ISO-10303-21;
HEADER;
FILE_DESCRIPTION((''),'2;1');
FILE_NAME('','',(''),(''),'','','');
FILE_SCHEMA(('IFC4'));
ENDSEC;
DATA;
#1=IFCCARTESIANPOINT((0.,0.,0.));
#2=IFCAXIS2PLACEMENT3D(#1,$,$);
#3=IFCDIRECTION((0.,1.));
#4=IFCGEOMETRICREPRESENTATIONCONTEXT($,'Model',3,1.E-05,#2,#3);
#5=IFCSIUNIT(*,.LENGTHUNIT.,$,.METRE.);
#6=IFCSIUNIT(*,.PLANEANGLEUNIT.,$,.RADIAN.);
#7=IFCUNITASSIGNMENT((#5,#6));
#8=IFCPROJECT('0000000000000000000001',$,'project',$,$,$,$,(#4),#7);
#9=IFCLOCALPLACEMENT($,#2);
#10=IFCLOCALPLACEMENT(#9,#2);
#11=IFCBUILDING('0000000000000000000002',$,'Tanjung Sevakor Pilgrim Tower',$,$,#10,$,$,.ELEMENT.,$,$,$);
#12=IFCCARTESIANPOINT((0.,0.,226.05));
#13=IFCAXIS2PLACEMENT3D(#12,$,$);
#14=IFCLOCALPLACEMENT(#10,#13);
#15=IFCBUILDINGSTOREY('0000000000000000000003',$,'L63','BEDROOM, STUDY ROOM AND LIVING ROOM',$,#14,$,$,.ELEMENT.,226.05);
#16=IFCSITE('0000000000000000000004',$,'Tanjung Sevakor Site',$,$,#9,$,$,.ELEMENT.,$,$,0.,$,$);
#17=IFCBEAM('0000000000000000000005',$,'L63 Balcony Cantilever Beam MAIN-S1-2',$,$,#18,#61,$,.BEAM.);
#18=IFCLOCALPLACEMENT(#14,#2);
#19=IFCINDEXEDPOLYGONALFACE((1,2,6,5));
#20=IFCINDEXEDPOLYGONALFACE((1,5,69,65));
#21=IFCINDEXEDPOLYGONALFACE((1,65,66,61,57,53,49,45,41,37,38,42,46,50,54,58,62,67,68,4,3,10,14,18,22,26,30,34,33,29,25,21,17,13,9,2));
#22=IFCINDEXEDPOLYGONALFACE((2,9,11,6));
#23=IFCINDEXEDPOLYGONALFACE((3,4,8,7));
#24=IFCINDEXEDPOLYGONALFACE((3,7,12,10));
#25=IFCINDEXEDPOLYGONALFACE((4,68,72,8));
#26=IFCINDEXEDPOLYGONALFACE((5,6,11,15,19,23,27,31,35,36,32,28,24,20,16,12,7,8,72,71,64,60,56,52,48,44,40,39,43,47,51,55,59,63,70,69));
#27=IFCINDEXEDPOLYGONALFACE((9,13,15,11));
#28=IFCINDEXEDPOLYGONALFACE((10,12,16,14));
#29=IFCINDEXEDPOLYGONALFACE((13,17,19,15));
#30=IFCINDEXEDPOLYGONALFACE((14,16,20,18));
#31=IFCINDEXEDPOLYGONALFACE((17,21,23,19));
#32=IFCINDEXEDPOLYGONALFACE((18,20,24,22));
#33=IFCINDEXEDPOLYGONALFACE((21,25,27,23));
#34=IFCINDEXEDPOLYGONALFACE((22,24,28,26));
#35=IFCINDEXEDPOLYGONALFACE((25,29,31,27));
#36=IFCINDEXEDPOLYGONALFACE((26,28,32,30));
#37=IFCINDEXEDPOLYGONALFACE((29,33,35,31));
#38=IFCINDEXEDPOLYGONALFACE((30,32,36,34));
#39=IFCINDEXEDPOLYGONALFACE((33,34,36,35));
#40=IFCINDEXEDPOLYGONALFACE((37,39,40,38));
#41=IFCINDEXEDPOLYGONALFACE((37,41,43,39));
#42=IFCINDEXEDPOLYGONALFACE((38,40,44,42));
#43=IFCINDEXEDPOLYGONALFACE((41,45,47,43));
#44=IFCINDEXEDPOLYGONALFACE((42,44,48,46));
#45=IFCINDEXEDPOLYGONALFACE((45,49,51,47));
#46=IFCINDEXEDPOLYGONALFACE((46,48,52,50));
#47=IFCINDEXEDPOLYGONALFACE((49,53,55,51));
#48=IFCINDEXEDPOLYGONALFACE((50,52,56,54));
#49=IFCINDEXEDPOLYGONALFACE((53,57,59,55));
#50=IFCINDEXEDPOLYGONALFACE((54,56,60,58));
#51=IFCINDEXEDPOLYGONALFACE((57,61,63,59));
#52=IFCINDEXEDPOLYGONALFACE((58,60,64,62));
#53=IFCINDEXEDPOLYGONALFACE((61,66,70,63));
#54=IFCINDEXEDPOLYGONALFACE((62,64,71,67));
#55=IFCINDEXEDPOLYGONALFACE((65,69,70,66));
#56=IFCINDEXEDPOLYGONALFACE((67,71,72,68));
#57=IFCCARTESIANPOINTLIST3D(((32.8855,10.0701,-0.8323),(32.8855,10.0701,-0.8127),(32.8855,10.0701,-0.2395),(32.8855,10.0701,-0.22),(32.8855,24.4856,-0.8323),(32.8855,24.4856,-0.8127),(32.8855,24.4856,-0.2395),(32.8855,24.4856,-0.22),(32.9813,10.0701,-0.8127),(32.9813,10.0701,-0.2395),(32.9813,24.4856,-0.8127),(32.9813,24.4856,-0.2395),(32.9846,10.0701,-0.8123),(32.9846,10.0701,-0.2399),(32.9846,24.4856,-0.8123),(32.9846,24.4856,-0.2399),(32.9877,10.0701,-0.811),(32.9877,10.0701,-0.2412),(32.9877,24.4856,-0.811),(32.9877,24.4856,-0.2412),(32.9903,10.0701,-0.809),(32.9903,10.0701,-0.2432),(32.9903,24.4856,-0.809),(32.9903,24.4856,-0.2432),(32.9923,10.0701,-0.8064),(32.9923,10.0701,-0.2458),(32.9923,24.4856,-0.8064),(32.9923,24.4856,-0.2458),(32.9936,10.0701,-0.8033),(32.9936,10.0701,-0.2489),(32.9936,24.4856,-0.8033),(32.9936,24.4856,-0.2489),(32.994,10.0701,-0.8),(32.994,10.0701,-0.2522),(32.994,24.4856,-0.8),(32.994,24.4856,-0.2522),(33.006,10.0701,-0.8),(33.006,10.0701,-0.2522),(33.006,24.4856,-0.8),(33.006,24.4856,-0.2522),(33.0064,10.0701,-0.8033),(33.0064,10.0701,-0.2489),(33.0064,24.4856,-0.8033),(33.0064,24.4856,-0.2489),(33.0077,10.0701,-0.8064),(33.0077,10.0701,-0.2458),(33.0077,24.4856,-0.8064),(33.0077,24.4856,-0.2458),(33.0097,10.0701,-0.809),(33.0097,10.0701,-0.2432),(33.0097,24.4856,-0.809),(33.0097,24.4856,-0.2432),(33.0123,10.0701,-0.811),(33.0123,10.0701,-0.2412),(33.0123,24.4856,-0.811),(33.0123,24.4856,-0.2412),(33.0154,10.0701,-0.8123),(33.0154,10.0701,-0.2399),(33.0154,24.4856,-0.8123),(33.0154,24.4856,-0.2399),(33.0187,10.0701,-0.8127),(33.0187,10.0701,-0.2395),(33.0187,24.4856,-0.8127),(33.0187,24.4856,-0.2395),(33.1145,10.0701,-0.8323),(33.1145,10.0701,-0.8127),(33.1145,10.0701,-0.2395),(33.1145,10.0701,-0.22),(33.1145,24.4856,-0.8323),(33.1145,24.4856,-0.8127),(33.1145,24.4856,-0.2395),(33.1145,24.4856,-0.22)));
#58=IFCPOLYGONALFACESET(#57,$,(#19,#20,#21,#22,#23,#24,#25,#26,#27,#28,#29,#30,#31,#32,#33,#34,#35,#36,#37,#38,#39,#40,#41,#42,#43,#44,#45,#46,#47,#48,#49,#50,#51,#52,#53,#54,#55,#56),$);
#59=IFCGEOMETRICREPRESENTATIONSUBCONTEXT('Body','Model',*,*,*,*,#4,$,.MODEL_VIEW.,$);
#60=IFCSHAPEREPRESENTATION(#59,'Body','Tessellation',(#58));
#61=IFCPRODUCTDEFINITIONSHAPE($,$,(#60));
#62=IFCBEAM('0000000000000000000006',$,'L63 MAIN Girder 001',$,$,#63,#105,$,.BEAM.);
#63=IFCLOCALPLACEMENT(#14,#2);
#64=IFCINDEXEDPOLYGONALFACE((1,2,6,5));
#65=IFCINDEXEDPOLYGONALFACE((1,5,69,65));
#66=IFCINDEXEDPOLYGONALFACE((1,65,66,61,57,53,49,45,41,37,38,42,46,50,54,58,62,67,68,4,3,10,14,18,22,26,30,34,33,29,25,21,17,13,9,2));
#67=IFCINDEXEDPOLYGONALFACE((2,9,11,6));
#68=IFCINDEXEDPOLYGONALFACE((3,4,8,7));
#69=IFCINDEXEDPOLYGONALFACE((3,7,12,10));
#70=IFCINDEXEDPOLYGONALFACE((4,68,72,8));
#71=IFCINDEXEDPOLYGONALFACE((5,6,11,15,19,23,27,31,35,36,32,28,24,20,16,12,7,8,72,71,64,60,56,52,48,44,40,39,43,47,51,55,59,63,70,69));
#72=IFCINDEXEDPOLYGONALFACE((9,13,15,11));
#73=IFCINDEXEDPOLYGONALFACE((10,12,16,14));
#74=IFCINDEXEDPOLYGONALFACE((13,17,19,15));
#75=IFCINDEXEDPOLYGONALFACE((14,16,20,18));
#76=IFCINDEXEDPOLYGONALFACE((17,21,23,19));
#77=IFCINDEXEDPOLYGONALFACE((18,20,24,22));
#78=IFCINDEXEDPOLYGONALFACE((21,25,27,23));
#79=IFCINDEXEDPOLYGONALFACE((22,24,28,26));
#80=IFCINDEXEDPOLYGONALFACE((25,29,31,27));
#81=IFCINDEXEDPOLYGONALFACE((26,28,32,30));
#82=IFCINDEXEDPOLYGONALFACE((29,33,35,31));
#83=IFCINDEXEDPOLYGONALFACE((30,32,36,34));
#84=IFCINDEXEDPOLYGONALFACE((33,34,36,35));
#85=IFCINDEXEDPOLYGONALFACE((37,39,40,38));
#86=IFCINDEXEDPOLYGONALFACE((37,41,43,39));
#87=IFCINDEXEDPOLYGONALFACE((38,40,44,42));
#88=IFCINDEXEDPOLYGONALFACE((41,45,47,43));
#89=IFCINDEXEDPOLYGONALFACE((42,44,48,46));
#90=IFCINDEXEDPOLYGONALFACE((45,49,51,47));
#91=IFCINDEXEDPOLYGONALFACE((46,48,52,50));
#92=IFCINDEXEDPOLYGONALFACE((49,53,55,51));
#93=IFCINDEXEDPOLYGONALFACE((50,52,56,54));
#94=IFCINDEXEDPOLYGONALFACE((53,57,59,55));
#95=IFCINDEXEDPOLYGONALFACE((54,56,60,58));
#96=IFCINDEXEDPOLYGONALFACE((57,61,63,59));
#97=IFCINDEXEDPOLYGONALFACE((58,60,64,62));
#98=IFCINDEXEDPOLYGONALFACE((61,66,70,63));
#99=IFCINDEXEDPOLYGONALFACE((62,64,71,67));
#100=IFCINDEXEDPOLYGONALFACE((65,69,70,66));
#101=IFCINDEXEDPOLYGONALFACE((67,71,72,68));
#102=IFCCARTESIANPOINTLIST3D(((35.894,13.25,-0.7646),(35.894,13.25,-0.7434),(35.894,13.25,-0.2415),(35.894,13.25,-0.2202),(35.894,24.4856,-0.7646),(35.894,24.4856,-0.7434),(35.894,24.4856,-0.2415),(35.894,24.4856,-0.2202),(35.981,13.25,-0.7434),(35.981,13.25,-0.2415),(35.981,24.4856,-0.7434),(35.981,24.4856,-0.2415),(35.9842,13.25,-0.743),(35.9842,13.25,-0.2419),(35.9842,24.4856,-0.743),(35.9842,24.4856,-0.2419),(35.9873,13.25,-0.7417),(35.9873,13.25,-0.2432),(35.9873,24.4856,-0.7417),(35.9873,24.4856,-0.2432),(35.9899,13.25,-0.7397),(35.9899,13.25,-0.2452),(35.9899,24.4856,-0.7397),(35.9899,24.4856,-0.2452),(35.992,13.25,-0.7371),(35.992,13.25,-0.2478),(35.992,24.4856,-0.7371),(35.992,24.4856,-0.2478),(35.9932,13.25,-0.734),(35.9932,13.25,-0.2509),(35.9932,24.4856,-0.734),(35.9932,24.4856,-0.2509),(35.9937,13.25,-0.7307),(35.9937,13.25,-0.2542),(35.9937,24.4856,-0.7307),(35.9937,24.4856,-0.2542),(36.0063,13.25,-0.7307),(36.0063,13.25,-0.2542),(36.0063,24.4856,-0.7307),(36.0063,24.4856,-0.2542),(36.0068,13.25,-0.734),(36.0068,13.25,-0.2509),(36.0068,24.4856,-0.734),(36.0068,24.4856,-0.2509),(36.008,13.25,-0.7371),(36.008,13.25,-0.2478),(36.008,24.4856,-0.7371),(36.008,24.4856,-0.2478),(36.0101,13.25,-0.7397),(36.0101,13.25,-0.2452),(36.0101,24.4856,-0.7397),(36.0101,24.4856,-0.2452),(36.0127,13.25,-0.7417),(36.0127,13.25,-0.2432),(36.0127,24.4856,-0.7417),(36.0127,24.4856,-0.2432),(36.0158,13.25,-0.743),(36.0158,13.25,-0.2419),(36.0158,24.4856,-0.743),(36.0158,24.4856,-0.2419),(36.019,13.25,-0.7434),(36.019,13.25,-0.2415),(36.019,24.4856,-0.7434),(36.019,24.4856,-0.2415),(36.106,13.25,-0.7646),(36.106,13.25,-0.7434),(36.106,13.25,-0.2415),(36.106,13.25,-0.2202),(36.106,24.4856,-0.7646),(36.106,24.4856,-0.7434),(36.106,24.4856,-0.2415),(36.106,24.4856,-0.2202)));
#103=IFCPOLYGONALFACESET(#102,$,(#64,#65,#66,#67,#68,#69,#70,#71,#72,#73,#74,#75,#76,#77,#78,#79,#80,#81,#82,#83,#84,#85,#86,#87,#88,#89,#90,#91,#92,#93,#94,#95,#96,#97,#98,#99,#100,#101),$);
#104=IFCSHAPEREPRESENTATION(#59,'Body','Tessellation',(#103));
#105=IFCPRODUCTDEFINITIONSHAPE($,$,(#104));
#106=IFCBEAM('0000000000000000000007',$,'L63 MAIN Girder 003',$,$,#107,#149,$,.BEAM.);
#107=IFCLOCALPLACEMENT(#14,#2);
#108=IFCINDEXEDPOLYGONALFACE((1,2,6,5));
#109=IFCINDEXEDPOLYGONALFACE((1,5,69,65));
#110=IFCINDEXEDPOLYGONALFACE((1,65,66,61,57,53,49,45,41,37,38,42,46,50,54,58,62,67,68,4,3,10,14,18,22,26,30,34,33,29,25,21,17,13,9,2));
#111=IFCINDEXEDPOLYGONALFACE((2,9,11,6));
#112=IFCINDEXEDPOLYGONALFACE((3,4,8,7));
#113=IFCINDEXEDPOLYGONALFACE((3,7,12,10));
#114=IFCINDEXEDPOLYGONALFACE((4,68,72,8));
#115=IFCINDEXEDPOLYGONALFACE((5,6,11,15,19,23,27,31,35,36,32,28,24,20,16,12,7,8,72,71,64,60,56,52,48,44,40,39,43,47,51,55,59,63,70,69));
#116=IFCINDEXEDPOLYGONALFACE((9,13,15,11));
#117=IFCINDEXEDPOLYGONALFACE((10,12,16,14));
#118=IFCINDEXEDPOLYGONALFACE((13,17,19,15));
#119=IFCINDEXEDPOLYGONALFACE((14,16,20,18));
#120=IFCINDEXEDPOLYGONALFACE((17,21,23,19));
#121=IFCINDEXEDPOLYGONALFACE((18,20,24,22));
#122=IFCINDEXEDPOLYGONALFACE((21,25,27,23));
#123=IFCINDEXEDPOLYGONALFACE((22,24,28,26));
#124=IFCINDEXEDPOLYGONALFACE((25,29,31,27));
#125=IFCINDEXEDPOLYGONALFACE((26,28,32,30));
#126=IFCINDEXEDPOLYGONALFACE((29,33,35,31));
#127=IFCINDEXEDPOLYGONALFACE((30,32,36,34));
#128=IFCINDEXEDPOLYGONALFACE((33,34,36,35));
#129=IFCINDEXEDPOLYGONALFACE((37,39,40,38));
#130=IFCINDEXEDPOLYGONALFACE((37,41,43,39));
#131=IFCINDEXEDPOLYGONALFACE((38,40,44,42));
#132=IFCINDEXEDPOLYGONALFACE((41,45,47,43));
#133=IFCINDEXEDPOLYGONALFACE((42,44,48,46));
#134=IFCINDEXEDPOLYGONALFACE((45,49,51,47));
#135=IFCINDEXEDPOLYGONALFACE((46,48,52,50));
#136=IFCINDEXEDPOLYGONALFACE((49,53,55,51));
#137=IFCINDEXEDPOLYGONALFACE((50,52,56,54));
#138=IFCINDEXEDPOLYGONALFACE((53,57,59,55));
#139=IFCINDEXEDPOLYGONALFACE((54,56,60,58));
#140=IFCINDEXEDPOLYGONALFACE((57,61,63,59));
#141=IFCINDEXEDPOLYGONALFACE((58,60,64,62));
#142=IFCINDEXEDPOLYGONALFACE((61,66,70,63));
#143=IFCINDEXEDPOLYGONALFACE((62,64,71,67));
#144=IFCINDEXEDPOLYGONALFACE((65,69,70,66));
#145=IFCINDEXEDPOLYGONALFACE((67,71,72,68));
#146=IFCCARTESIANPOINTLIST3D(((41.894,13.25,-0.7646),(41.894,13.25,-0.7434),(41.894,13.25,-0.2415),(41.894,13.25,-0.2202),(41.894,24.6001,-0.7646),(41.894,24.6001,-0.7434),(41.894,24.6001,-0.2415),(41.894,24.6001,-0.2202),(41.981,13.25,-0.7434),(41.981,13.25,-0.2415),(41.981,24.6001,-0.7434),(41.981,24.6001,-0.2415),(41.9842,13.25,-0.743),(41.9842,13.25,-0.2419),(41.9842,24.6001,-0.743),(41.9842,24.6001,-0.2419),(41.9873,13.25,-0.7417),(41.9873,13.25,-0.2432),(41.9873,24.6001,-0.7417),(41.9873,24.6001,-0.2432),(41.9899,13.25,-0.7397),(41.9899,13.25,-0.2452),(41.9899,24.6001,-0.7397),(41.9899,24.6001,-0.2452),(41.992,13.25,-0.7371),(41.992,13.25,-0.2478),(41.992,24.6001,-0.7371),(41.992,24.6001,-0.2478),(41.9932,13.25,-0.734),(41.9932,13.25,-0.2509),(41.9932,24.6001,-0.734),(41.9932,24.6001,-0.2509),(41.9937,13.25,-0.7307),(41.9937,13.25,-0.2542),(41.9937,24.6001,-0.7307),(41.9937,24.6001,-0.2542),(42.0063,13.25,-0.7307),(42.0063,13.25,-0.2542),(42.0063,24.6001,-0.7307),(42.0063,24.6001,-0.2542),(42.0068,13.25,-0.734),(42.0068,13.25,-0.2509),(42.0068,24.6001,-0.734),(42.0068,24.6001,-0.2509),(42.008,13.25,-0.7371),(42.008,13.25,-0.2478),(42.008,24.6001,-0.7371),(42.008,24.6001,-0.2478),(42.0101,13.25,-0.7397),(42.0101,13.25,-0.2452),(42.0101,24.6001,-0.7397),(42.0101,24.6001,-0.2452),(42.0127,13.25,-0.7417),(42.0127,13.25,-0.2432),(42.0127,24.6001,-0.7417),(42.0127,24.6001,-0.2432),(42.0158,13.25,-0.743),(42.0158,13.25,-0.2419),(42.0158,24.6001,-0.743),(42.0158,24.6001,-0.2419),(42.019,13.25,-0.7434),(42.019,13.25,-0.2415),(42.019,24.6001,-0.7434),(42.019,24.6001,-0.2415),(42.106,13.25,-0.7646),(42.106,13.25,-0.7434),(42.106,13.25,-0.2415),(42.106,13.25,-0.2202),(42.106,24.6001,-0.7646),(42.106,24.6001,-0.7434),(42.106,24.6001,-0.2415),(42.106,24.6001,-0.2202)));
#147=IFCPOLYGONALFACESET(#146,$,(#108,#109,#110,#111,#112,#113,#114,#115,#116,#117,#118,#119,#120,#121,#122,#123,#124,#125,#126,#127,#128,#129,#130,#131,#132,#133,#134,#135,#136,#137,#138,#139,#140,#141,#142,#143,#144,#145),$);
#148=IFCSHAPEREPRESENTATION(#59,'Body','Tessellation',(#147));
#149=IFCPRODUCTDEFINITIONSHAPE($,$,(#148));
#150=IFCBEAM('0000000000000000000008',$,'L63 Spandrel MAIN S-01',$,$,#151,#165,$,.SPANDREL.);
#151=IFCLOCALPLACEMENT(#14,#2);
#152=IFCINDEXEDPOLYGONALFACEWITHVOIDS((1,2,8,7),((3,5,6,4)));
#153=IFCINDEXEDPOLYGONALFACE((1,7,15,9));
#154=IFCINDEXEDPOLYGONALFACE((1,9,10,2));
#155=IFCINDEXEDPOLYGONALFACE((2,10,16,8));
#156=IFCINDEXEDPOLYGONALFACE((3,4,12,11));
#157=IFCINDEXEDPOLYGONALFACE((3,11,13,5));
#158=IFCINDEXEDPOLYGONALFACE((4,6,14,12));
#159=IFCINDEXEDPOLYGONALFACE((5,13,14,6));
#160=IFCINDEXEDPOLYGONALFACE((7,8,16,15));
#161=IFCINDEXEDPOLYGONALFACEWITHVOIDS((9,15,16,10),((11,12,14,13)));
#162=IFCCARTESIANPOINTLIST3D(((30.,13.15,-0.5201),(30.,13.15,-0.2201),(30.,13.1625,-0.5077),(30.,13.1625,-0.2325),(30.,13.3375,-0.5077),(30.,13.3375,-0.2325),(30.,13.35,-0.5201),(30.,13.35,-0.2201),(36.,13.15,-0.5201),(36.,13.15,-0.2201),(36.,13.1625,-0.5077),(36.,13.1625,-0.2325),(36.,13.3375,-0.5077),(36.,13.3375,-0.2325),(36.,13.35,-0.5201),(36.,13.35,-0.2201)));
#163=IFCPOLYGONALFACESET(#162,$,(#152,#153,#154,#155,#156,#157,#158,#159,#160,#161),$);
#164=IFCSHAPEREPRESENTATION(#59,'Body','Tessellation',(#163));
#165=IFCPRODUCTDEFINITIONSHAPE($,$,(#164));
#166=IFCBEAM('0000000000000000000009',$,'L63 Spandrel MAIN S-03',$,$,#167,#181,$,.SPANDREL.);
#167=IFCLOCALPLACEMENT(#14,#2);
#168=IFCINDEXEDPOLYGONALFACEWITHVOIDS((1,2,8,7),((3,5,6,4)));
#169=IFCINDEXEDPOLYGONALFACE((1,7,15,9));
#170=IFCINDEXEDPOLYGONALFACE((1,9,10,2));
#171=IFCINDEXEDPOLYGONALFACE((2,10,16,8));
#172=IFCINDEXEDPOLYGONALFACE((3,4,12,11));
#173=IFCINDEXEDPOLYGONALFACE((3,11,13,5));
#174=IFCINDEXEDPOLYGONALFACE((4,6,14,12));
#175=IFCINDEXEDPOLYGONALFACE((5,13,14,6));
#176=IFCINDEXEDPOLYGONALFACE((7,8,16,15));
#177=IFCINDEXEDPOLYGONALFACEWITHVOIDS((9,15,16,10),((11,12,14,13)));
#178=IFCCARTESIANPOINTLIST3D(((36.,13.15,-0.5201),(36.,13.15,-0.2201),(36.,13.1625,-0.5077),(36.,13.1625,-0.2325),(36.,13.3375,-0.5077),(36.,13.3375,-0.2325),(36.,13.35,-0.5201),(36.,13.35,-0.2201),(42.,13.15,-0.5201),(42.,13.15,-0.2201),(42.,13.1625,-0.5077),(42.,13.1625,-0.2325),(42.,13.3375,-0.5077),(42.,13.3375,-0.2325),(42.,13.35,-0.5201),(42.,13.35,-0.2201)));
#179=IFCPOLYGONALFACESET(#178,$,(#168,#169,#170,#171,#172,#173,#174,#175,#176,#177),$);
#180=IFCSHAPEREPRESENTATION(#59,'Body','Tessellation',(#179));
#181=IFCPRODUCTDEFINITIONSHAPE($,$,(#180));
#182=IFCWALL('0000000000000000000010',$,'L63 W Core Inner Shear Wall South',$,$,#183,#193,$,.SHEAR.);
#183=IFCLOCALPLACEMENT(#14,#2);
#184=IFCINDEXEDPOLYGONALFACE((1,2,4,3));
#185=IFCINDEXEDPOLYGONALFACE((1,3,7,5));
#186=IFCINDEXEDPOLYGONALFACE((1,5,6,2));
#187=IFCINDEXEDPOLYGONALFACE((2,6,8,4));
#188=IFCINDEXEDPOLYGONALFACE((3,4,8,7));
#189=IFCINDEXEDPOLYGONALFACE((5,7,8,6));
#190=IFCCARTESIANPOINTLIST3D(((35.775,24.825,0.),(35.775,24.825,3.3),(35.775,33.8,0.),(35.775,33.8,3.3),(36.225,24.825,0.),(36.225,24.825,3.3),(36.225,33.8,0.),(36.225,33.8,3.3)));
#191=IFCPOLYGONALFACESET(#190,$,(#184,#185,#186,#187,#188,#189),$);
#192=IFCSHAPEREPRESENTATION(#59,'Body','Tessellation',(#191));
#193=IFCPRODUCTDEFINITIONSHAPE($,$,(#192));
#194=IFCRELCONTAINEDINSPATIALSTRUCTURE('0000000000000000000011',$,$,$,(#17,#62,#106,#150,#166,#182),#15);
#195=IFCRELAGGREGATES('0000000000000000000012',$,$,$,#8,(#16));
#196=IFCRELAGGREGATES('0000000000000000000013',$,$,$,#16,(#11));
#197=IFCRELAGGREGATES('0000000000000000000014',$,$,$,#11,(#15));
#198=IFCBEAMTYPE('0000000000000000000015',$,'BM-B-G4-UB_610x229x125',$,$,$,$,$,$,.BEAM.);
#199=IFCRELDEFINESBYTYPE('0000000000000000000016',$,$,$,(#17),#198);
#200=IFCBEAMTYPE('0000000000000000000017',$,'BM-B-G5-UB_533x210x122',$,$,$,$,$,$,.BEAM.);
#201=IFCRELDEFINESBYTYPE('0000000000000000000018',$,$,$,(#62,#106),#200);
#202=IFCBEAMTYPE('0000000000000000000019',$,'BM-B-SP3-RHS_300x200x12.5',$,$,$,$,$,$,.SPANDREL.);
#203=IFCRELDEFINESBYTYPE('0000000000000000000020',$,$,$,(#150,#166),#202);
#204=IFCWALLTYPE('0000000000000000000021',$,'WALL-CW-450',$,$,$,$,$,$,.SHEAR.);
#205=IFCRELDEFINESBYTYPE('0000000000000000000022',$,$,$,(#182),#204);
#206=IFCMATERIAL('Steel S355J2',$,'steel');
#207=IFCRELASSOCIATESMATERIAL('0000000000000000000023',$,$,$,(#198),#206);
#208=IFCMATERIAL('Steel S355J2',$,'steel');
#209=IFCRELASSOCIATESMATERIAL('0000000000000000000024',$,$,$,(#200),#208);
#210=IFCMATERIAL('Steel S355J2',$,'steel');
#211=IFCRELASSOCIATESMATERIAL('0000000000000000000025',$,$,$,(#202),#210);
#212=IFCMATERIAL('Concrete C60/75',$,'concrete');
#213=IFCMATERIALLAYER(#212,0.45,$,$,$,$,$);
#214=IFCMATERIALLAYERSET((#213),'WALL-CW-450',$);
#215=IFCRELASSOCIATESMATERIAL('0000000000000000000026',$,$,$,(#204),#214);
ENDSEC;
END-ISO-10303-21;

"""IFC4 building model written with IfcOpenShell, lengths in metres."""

from ifc_helpers import new_model, si_unit, direction, frame, frame_2d, origin, origin_2d, place, context, subcontext, project, spatial, rectangle, hollow_rectangle, i_section, extrude, material, layer, layer_set, material_profile, profile_set, type_object, element, save


model = new_model("IFC4")

# Units and contexts
model_context = context("Model", 3, precision=1e-05, world=origin(), true_north=direction((0.0, 1.0)))
body_context = subcontext(model_context, "Body", "Model", "MODEL_VIEW")
ifc_project = project(units=[si_unit("LENGTHUNIT", "METRE"), si_unit("PLANEANGLEUNIT", "RADIAN")], contexts=[model_context])

# Site, building, storey
site_placement = place(None, origin())
site = spatial("IfcSite", under=ifc_project, at=site_placement, Name="Tanjung Sevakor Site", CompositionType="ELEMENT", RefElevation=0.0)
building_placement = place(site_placement, origin())
building = spatial("IfcBuilding", under=site, at=building_placement, Name="Tanjung Sevakor Pilgrim Tower", CompositionType="ELEMENT")
storey_placement = place(building_placement, frame((0.0, 0.0, 226.05)))
storey = spatial("IfcBuildingStorey", under=building, at=storey_placement, Name="L63", Description="BEDROOM, STUDY ROOM AND LIVING ROOM", CompositionType="ELEMENT", Elevation=226.05)

# Beams
ifc_material_1 = material(Name="Steel S355J2", Category="steel")
ifc_material_profile_1 = material_profile(ifc_material_1, i_section(OverallWidth=0.229, OverallDepth=0.6123, WebThickness=0.012, FlangeThickness=0.0195, FilletRadius=0.0127, at=origin_2d()))
ifc_profile_set_1 = profile_set([ifc_material_profile_1], Name="Steel S355J2")
beam_type_1 = type_object("IfcBeamType", Name="BM-B-G4-UB_610x229x125", PredefinedType="BEAM", material=ifc_profile_set_1)
for number, where, z_axis, x_axis, name in (
    (1, (33.0, 24.4856, -0.5261), (0.0, -1.0, 0.0), (1.0, 0.0, 0.0), "L63 Balcony Cantilever Beam MAIN-S1-2"),
):
    element("IfcBeam", number, at=place(storey_placement, frame(where, z_axis=z_axis, x_axis=x_axis)), inside=storey, type_object=beam_type_1, Name=name, PredefinedType="BEAM", context=body_context, shape_type="SweptSolid", body=[
        extrude(i_section(OverallWidth=0.229, OverallDepth=0.6123, WebThickness=0.012, FlangeThickness=0.0195, FilletRadius=0.0127, at=origin_2d()), origin(), (0.0, 0.0, 1.0), 14.4155),
    ])
ifc_material_2 = material(Name="Steel S355J2", Category="steel")
ifc_material_profile_2 = material_profile(ifc_material_2, i_section(OverallWidth=0.2119, OverallDepth=0.5444, WebThickness=0.0127, FlangeThickness=0.0212, FilletRadius=0.0127, at=origin_2d()))
ifc_profile_set_2 = profile_set([ifc_material_profile_2], Name="Steel S355J2")
beam_type_2 = type_object("IfcBeamType", Name="BM-B-G5-UB_533x210x122", PredefinedType="BEAM", material=ifc_profile_set_2)
beam_1_placement = place(storey_placement, frame((36.0, 13.25, -0.4924), z_axis=(0.0, 1.0, 0.0), x_axis=(-1.0, 0.0, 0.0)))
element("IfcBeam", 2, at=beam_1_placement, inside=storey, type_object=beam_type_2, Name="L63 MAIN Girder 001", PredefinedType="BEAM", context=body_context, shape_type="SweptSolid", body=[
    extrude(i_section(OverallWidth=0.2119, OverallDepth=0.5444, WebThickness=0.0127, FlangeThickness=0.0212, FilletRadius=0.0127, at=origin_2d()), origin(), (0.0, 0.0, 1.0), 11.2356),
])
beam_2_placement = place(storey_placement, frame((42.0, 13.25, -0.4924), z_axis=(0.0, 1.0, 0.0), x_axis=(-1.0, 0.0, 0.0)))
element("IfcBeam", 3, at=beam_2_placement, inside=storey, type_object=beam_type_2, Name="L63 MAIN Girder 003", PredefinedType="BEAM", context=body_context, shape_type="SweptSolid", body=[
    extrude(i_section(OverallWidth=0.2119, OverallDepth=0.5444, WebThickness=0.0127, FlangeThickness=0.0212, FilletRadius=0.0127, at=origin_2d()), origin(), (0.0, 0.0, 1.0), 11.3501),
])
ifc_material_3 = material(Name="Steel S355J2", Category="steel")
ifc_material_profile_3 = material_profile(ifc_material_3, hollow_rectangle(XDim=0.2, YDim=0.3, WallThickness=0.0125, at=origin_2d()))
ifc_profile_set_3 = profile_set([ifc_material_profile_3], Name="Steel S355J2")
beam_type_3 = type_object("IfcBeamType", Name="BM-B-SP3-RHS_300x200x12.5", PredefinedType="SPANDREL", material=ifc_profile_set_3)
for number, where, z_axis, x_axis, name in (
    (4, (30.0, 13.25, -0.3701), (1.0, 0.0, 0.0), (0.0, 1.0, 0.0), "L63 Spandrel MAIN S-01"),
    (5, (36.0, 13.25, -0.3701), (1.0, 0.0, 0.0), (0.0, 1.0, 0.0), "L63 Spandrel MAIN S-03"),
):
    element("IfcBeam", number, at=place(storey_placement, frame(where, z_axis=z_axis, x_axis=x_axis)), inside=storey, type_object=beam_type_3, Name=name, PredefinedType="SPANDREL", context=body_context, shape_type="SweptSolid", body=[
        extrude(hollow_rectangle(XDim=0.2, YDim=0.3, WallThickness=0.0125, at=origin_2d()), origin(), (0.0, 0.0, 1.0), 6.0),
    ])

# Wall
ifc_material_4 = material(Name="Concrete C60/75", Category="concrete")
ifc_layer_1 = layer(ifc_material_4, 0.45)
ifc_layer_set_1 = layer_set([ifc_layer_1], Name="WALL-CW-450")
wall_type_1 = type_object("IfcWallType", Name="WALL-CW-450", PredefinedType="SHEAR", material=ifc_layer_set_1)
wall_1_placement = place(storey_placement, frame((36.0, 24.825, 0.0), z_axis=(0.0, 0.0, 1.0), x_axis=(0.0, 1.0, 0.0)))
element("IfcWall", 6, at=wall_1_placement, inside=storey, type_object=wall_type_1, Name="L63 W Core Inner Shear Wall South", PredefinedType="SHEAR", context=body_context, shape_type="SweptSolid", body=[
    extrude(rectangle(XDim=8.9751, YDim=0.45, at=frame_2d((4.4875, 0.0))), origin(), (0.0, 0.0, 1.0), 3.3),
])

save(model, "model.ifc")
